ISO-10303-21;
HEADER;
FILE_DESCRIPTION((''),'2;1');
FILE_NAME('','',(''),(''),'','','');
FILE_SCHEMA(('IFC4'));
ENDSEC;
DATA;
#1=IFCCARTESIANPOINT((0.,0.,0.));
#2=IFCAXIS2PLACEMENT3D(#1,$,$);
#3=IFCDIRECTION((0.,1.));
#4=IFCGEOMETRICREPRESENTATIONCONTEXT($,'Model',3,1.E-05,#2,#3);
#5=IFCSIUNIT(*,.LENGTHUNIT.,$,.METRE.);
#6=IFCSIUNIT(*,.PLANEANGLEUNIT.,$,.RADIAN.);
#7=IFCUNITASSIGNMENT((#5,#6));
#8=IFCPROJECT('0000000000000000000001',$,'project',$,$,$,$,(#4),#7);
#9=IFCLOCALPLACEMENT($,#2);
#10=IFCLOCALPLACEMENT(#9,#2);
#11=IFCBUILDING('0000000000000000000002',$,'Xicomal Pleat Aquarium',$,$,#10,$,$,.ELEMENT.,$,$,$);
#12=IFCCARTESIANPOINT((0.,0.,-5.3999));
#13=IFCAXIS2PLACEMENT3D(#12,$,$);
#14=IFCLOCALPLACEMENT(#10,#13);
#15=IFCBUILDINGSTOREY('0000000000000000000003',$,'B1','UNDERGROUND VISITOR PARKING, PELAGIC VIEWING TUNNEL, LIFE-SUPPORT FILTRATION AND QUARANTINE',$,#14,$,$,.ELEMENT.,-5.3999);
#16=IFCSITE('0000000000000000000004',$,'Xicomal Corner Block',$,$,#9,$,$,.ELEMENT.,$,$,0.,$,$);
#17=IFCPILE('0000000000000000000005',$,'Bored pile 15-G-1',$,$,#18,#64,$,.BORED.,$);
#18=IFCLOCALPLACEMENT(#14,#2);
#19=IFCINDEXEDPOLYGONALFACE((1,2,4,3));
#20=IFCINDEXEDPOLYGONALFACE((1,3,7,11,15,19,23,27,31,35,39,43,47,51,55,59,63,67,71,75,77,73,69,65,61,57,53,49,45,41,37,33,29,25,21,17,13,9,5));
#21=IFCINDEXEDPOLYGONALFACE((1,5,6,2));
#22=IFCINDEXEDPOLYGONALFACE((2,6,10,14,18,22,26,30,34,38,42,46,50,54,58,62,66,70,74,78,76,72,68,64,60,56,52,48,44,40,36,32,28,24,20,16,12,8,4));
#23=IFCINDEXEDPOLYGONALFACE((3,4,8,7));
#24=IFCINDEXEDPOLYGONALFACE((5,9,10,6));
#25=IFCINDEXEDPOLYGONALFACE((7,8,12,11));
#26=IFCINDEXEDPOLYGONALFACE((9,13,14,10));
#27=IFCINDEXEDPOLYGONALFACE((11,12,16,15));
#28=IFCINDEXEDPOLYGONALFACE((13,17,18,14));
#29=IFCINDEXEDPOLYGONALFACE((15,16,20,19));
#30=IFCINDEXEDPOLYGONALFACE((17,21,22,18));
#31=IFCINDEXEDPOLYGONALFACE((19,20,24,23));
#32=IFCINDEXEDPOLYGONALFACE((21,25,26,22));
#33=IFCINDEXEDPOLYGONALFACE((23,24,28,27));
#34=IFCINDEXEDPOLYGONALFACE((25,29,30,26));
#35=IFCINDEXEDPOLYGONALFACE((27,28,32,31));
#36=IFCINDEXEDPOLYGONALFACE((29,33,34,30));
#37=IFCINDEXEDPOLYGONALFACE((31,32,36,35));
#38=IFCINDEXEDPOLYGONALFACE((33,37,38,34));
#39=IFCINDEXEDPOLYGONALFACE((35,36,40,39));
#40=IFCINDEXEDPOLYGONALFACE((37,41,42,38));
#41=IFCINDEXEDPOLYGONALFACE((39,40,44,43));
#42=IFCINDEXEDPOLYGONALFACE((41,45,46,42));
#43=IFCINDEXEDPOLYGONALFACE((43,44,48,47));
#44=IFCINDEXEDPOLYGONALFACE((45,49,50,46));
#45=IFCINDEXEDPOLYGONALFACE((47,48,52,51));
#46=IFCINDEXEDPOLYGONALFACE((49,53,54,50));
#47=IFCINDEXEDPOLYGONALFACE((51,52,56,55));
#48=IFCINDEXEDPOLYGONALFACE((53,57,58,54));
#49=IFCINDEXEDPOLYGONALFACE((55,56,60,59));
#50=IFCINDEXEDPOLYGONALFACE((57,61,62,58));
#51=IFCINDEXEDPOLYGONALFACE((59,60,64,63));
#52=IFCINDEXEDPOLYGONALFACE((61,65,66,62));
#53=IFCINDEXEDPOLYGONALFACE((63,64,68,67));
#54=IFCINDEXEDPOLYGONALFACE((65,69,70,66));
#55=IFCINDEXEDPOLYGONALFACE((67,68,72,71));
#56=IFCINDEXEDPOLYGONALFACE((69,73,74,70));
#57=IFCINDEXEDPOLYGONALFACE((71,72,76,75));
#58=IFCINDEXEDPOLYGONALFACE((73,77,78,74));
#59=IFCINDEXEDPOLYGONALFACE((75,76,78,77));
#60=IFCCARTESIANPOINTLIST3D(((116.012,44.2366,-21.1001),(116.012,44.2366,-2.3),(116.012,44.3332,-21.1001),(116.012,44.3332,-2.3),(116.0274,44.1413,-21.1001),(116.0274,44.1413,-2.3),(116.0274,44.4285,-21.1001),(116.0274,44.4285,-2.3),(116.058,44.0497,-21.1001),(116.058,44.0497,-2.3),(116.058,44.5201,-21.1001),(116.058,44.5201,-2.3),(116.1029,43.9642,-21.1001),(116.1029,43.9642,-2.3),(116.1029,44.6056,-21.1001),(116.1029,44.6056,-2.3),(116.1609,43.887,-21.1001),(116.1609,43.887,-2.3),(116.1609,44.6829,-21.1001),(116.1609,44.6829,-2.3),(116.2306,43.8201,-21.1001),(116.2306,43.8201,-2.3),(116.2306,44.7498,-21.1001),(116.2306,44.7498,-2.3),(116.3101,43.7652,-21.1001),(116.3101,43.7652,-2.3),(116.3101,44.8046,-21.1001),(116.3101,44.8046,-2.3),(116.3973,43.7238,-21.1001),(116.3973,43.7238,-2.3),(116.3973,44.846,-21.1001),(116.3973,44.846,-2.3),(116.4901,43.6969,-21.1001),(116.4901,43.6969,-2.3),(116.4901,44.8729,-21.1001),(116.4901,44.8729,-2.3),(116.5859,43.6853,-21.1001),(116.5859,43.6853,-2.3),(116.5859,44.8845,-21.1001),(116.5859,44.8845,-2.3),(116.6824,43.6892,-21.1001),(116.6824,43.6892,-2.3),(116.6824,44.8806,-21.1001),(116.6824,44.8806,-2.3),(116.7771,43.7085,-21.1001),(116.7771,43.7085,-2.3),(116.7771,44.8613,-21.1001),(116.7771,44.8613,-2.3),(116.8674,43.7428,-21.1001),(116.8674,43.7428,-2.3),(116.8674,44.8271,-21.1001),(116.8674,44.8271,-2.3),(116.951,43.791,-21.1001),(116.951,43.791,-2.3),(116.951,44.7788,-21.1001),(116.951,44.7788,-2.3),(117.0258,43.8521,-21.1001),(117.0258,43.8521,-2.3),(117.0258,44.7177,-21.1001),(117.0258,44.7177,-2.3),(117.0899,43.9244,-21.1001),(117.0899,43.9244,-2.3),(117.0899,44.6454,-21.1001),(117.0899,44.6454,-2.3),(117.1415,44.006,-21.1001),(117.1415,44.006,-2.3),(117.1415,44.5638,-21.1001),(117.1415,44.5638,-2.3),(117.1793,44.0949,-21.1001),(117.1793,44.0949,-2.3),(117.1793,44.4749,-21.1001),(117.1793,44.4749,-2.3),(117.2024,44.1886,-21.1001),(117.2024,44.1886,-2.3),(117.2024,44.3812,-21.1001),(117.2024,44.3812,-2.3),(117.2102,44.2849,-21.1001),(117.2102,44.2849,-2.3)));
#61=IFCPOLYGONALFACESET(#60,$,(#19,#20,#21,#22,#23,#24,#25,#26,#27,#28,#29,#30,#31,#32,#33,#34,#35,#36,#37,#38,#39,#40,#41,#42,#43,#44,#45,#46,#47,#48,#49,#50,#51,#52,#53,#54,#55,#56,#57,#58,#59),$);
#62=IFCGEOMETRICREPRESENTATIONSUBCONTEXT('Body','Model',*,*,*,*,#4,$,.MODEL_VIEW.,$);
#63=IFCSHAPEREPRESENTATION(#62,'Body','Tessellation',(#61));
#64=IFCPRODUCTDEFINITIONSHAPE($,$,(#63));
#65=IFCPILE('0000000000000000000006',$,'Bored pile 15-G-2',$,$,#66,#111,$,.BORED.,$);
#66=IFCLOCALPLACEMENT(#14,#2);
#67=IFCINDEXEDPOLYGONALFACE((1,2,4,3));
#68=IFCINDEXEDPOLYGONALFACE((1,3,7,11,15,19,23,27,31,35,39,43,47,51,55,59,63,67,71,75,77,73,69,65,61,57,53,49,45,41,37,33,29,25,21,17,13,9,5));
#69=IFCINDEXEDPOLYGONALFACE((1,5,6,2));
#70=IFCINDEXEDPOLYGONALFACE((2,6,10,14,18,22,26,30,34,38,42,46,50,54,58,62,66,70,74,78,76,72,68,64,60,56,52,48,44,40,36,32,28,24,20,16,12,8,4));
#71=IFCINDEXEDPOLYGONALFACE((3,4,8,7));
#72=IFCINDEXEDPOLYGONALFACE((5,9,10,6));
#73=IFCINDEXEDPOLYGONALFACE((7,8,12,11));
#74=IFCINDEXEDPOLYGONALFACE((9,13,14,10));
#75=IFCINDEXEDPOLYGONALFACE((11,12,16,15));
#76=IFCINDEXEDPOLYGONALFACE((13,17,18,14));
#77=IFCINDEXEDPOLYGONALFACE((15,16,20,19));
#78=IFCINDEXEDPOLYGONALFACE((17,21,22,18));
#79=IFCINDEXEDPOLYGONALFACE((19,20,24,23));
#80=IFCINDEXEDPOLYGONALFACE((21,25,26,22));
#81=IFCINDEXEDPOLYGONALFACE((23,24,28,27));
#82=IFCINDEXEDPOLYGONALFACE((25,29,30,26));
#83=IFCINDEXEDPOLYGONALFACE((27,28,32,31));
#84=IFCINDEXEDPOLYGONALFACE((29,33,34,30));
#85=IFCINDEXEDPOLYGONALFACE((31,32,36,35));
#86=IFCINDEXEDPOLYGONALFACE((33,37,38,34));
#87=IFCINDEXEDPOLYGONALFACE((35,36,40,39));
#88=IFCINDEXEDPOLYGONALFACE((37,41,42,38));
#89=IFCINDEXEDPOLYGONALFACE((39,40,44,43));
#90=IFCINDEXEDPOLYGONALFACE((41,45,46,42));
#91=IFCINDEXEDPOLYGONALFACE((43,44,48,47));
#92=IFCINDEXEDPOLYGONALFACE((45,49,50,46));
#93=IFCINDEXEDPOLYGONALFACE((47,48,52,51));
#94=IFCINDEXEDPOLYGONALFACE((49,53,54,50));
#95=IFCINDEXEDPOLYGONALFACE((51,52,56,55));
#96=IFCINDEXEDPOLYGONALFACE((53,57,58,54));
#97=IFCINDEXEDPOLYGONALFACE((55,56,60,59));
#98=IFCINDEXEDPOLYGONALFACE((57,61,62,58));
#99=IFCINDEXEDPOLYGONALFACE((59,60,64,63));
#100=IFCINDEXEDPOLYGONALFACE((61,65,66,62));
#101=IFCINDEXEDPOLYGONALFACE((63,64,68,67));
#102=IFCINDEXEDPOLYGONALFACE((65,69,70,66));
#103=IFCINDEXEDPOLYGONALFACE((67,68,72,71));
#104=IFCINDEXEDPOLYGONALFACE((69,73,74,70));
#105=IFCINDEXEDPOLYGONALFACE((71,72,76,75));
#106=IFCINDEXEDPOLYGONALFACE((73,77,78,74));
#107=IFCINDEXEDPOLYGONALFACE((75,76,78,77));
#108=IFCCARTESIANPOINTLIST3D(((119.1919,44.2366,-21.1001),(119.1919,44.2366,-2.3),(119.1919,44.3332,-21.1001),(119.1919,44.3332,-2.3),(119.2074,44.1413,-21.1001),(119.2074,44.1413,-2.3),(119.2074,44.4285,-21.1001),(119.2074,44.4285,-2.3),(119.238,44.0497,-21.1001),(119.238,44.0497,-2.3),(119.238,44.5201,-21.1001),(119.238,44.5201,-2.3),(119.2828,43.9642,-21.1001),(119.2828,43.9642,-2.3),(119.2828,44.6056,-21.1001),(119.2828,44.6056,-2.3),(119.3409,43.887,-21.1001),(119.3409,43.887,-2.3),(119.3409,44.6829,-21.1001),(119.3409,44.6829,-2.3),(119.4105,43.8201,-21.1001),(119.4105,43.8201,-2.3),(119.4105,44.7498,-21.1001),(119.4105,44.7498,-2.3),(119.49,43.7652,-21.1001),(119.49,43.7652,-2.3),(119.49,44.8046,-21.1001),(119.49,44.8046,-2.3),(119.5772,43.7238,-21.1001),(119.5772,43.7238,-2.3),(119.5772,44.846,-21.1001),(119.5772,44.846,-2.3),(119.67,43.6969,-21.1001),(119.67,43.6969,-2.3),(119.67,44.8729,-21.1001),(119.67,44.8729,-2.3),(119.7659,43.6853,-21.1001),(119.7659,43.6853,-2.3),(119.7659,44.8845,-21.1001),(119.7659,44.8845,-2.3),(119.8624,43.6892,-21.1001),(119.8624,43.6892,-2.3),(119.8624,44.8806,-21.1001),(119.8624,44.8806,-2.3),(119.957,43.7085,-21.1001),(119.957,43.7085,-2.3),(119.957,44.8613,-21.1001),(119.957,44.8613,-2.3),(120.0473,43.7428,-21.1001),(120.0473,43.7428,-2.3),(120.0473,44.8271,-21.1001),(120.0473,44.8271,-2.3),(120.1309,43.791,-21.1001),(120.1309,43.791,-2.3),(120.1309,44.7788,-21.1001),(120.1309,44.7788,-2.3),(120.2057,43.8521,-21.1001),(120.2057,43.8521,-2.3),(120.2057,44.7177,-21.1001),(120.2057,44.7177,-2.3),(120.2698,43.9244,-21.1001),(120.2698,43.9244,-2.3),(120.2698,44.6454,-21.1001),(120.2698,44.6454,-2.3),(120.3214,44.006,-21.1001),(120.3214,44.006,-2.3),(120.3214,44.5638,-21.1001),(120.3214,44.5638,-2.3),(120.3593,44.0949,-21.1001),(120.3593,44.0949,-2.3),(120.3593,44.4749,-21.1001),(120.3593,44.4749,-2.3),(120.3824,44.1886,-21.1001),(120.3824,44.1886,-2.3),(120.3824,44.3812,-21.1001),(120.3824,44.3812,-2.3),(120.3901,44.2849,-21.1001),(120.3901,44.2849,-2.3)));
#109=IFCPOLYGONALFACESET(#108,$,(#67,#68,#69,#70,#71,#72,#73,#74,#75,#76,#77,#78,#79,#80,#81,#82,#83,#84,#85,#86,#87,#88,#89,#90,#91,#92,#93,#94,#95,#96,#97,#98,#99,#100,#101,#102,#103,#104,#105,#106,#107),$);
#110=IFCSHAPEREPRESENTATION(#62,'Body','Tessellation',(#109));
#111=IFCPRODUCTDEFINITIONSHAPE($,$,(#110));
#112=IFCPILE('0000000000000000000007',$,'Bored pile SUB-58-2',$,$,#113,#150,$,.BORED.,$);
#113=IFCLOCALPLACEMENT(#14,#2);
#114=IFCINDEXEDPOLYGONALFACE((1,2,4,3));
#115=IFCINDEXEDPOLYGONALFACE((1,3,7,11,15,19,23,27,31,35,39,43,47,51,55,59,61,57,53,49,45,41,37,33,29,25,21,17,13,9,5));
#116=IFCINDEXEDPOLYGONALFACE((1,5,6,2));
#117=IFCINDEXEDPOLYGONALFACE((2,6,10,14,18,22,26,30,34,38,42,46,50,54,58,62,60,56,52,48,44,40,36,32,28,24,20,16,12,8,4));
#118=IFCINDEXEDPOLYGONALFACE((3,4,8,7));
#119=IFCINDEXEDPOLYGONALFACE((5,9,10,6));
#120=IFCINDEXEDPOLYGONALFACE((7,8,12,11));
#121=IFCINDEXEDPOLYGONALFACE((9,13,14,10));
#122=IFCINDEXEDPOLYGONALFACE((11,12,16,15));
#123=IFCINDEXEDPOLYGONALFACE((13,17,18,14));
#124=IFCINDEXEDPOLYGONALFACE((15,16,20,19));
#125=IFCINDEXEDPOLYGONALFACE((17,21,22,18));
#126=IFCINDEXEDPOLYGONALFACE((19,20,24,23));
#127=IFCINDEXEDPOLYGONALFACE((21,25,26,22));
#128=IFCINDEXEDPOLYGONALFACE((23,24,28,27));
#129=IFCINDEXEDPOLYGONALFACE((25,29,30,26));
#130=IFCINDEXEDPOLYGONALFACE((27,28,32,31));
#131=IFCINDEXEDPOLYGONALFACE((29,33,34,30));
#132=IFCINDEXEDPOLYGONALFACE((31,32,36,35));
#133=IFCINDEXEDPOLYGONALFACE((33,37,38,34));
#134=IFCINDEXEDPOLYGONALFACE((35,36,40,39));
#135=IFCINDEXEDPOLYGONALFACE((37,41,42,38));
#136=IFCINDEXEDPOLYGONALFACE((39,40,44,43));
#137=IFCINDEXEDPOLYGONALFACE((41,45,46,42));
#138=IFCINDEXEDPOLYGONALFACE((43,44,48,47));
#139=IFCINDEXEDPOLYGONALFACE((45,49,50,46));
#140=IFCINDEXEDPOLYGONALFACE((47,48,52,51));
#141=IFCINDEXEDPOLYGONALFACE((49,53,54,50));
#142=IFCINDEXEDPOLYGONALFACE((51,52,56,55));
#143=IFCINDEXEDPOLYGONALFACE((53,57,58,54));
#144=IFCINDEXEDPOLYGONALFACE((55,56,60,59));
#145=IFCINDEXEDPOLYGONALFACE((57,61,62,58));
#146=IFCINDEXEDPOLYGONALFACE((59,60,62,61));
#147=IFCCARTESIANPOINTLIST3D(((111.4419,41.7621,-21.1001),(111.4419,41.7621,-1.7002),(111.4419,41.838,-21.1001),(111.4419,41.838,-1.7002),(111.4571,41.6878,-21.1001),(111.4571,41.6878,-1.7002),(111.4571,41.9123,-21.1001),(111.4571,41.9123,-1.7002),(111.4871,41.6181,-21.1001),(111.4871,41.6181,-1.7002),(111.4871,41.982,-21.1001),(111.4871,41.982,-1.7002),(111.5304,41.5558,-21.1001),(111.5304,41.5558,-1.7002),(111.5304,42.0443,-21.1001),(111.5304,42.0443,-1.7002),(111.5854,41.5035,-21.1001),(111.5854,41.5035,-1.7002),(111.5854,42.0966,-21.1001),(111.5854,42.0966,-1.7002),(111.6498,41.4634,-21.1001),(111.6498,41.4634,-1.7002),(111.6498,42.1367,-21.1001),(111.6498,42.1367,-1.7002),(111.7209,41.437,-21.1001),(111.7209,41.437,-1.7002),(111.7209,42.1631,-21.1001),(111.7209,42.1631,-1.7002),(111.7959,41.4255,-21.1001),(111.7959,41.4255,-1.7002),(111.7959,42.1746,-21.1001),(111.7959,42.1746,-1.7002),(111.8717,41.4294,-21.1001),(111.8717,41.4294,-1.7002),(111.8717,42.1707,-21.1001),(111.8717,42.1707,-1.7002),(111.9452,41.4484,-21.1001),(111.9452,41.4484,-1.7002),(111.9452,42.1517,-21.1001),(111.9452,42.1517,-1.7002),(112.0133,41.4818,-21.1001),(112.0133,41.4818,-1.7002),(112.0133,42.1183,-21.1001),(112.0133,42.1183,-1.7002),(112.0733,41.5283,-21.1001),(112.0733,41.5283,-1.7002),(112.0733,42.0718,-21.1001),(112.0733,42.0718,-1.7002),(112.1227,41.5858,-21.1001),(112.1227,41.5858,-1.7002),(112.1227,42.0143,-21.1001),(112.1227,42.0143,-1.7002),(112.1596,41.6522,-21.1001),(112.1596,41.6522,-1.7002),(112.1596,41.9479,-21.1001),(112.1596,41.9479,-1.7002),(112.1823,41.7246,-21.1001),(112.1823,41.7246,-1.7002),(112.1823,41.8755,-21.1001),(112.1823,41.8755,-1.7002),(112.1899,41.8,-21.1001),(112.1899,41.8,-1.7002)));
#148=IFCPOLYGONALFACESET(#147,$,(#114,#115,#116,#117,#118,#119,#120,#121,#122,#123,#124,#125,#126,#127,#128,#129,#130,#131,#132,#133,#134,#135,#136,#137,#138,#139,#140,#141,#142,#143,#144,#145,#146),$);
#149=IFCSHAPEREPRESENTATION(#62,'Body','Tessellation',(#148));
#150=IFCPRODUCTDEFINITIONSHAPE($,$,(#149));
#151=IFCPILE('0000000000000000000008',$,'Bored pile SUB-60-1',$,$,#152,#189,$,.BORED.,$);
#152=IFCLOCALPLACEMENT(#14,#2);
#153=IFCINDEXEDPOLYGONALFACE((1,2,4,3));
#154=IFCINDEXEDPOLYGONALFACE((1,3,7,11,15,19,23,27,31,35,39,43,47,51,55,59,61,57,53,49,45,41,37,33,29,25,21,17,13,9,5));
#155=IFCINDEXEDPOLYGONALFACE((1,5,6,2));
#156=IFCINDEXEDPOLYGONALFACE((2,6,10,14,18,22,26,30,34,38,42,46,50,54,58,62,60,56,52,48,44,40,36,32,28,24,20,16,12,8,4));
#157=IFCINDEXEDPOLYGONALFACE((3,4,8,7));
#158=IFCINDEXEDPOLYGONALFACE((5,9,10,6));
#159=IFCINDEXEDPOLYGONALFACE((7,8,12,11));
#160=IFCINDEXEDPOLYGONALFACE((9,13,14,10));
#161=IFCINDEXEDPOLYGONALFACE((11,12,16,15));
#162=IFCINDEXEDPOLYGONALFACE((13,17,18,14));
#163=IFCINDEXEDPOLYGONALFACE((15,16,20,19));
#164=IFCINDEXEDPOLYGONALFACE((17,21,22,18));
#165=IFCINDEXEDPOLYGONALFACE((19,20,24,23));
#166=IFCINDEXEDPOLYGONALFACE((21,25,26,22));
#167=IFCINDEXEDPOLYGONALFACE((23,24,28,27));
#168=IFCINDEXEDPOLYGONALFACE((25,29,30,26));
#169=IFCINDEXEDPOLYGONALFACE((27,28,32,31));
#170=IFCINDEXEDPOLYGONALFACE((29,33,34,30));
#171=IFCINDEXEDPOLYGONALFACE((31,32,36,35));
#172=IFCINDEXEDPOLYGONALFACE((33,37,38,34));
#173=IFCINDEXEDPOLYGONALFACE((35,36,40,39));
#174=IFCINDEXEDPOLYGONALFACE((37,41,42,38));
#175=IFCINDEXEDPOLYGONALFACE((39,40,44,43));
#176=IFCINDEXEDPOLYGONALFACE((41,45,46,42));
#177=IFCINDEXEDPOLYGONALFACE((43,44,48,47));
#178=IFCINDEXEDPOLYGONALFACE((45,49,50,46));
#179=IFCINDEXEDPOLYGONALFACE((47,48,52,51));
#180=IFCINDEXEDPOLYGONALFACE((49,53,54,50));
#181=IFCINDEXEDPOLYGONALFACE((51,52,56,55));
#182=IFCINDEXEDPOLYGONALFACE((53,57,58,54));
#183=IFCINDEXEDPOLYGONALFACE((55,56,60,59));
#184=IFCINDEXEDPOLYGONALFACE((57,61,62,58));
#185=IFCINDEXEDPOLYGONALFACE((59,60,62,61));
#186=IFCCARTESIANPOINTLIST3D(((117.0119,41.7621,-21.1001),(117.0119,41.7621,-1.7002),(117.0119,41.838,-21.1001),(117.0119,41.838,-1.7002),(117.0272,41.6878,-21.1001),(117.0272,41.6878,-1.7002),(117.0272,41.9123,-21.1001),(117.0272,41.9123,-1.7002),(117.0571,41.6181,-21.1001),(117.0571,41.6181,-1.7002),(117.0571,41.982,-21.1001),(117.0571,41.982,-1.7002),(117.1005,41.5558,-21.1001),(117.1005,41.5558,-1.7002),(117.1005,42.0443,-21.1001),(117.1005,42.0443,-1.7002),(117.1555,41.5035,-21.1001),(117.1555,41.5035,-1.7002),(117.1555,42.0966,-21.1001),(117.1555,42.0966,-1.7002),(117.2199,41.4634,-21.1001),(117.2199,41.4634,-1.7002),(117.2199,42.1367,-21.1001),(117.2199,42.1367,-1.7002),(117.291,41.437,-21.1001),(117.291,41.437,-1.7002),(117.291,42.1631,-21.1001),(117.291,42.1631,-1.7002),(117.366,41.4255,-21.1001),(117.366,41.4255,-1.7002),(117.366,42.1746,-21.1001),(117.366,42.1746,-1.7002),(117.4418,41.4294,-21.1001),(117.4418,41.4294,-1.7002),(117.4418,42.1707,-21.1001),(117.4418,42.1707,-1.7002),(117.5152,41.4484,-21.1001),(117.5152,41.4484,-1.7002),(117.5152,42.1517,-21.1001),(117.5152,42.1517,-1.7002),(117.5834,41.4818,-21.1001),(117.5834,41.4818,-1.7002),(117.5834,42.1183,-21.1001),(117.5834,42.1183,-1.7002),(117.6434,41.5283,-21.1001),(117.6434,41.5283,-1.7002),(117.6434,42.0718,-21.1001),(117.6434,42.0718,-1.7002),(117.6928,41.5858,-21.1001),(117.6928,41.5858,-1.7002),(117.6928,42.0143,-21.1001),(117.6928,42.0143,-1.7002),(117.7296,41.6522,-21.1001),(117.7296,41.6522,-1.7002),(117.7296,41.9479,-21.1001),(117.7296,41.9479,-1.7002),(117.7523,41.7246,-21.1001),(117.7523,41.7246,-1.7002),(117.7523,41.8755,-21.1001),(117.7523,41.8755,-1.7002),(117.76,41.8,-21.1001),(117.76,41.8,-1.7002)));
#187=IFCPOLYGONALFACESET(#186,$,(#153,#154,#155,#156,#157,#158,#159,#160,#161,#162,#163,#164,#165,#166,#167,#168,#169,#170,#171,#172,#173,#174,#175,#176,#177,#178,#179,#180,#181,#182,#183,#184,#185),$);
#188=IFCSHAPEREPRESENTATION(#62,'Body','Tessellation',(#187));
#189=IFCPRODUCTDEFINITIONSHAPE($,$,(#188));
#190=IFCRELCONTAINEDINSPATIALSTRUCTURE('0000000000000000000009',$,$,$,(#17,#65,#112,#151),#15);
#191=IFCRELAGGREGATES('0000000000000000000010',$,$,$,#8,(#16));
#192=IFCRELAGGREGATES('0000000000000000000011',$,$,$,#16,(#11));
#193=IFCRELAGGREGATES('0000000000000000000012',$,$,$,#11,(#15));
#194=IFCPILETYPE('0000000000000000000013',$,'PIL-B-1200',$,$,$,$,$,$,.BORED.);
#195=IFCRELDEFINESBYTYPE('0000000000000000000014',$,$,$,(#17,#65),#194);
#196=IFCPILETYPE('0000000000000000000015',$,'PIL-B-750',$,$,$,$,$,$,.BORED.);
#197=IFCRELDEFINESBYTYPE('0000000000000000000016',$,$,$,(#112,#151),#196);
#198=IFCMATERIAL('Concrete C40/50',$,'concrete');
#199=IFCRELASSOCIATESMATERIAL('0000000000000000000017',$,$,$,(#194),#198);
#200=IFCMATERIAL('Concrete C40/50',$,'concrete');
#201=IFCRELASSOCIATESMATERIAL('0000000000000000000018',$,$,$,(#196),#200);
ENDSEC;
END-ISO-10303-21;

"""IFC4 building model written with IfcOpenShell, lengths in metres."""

from ifc_helpers import new_model, si_unit, direction, frame, origin, origin_2d, place, context, subcontext, project, spatial, circle, extrude, material, material_profile, profile_set, type_object, element, save


model = new_model("IFC4")

# Units and contexts
model_context = context("Model", 3, precision=1e-05, world=origin(), true_north=direction((0.0, 1.0)))
body_context = subcontext(model_context, "Body", "Model", "MODEL_VIEW")
ifc_project = project(units=[si_unit("LENGTHUNIT", "METRE"), si_unit("PLANEANGLEUNIT", "RADIAN")], contexts=[model_context])

# Site, building, storey
site_placement = place(None, origin())
site = spatial("IfcSite", under=ifc_project, at=site_placement, Name="Xicomal Corner Block", CompositionType="ELEMENT", RefElevation=0.0)
building_placement = place(site_placement, origin())
building = spatial("IfcBuilding", under=site, at=building_placement, Name="Xicomal Pleat Aquarium", CompositionType="ELEMENT")
storey_placement = place(building_placement, frame((0.0, 0.0, -5.3999)))
storey = spatial("IfcBuildingStorey", under=building, at=storey_placement, Name="B1", Description="UNDERGROUND VISITOR PARKING, PELAGIC VIEWING TUNNEL, LIFE-SUPPORT FILTRATION AND QUARANTINE", CompositionType="ELEMENT", Elevation=-5.3999)

# Piles
ifc_material_1 = material(Name="Concrete C40/50", Category="concrete")
ifc_material_profile_1 = material_profile(ifc_material_1, circle(Radius=0.6001, at=origin_2d()), Name="BORED PILE D1200")
ifc_profile_set_1 = profile_set([ifc_material_profile_1], Name="Concrete C40/50")
pile_type_1 = type_object("IfcPileType", Name="PIL-B-1200", PredefinedType="BORED", material=ifc_profile_set_1)
for number, where, z_axis, x_axis, name in (
    (1, (116.6101, 44.2849, -2.3), (0.0, 0.0, -1.0), (1.0, 0.0, 0.0), "Bored pile 15-G-1"),
    (2, (119.79, 44.2849, -2.3), (0.0, 0.0, -1.0), (1.0, 0.0, 0.0), "Bored pile 15-G-2"),
):
    element("IfcPile", number, at=place(storey_placement, frame(where, z_axis=z_axis, x_axis=x_axis)), inside=storey, type_object=pile_type_1, Name=name, PredefinedType="BORED", context=body_context, shape_type="SweptSolid", body=[
        extrude(circle(Radius=0.6001, at=origin_2d()), origin(), (0.0, 0.0, 1.0), 18.8),
    ])
ifc_material_2 = material(Name="Concrete C40/50", Category="concrete")
ifc_material_profile_2 = material_profile(ifc_material_2, circle(Radius=0.375, at=origin_2d()), Name="BORED PILE D750")
ifc_profile_set_2 = profile_set([ifc_material_profile_2], Name="Concrete C40/50")
pile_type_2 = type_object("IfcPileType", Name="PIL-B-750", PredefinedType="BORED", material=ifc_profile_set_2)
for number, where, z_axis, x_axis, name in (
    (3, (111.8149, 41.8, -1.7002), (0.0, 0.0, -1.0), (1.0, 0.0, 0.0), "Bored pile SUB-58-2"),
    (4, (117.385, 41.8, -1.7002), (0.0, 0.0, -1.0), (1.0, 0.0, 0.0), "Bored pile SUB-60-1"),
):
    element("IfcPile", number, at=place(storey_placement, frame(where, z_axis=z_axis, x_axis=x_axis)), inside=storey, type_object=pile_type_2, Name=name, PredefinedType="BORED", context=body_context, shape_type="SweptSolid", body=[
        extrude(circle(Radius=0.375, at=origin_2d()), origin(), (0.0, 0.0, 1.0), 19.3999),
    ])

save(model, "model.ifc")
